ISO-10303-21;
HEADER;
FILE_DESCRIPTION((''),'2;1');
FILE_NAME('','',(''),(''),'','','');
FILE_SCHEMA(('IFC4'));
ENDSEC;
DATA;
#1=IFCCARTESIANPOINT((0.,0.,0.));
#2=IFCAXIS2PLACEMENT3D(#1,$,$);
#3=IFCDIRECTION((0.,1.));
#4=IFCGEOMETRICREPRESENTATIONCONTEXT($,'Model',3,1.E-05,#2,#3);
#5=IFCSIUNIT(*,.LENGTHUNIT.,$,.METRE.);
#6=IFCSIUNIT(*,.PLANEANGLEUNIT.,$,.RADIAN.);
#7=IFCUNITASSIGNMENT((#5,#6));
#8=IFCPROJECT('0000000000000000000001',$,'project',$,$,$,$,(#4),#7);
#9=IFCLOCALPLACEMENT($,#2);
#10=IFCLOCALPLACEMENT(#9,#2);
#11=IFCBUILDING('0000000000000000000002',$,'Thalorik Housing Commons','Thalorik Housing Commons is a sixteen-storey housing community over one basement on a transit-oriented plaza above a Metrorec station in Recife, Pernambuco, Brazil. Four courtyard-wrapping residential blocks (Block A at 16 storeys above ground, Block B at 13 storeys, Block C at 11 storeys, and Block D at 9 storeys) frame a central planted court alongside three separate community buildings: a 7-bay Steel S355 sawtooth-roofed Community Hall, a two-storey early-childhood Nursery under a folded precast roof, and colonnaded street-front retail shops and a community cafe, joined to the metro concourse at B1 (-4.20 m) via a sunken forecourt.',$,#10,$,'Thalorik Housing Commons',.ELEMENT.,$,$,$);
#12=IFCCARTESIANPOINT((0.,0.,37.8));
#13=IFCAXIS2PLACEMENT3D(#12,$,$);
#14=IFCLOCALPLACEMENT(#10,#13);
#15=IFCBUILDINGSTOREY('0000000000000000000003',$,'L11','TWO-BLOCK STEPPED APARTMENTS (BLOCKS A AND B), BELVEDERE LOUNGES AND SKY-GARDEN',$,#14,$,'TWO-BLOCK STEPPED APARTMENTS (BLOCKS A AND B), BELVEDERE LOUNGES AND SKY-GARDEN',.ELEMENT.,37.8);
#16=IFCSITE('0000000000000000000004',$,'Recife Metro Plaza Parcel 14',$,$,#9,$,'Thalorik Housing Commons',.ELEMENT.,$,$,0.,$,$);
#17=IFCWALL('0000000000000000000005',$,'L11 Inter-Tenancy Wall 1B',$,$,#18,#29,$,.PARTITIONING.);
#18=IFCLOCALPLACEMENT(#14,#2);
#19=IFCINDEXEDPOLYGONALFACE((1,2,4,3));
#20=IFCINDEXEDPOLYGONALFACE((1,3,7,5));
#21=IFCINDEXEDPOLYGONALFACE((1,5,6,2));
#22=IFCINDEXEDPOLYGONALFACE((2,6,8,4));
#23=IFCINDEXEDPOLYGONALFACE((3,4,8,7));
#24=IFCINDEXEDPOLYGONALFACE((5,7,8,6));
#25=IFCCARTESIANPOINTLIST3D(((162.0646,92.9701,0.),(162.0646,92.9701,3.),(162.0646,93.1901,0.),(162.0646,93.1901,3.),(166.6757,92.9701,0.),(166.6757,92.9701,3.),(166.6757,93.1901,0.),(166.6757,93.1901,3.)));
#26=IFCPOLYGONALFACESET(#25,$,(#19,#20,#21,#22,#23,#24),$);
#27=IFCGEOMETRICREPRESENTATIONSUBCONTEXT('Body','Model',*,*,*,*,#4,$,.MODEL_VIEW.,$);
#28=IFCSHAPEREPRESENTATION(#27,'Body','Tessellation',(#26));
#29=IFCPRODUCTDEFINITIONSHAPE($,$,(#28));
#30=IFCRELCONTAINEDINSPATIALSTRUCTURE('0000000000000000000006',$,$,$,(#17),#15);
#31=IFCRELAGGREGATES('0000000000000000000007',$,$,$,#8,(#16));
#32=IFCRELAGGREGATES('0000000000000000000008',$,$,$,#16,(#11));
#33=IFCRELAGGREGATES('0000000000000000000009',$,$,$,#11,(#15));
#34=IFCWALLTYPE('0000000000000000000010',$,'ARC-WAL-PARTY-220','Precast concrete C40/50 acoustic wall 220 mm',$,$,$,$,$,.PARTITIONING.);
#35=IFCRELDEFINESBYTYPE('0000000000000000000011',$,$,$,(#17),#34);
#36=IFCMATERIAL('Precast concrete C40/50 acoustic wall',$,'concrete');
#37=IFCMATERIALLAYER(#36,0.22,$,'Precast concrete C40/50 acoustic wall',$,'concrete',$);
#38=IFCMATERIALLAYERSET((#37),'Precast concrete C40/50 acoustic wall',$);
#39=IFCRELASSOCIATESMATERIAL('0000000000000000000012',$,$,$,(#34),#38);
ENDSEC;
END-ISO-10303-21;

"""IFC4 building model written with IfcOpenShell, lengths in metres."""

from ifc_helpers import new_model, si_unit, direction, frame, frame_2d, origin, place, context, subcontext, project, spatial, rectangle, extrude, material, layer, layer_set, type_object, element, save


model = new_model("IFC4")

# Units and contexts
model_context = context("Model", 3, precision=1e-05, world=origin(), true_north=direction((0.0, 1.0)))
body_context = subcontext(model_context, "Body", "Model", "MODEL_VIEW")
ifc_project = project(units=[si_unit("LENGTHUNIT", "METRE"), si_unit("PLANEANGLEUNIT", "RADIAN")], contexts=[model_context])

# Site, building, storey
site_placement = place(None, origin())
site = spatial("IfcSite", under=ifc_project, at=site_placement, Name="Recife Metro Plaza Parcel 14", LongName="Thalorik Housing Commons", CompositionType="ELEMENT", RefElevation=0.0)
building_placement = place(site_placement, origin())
building = spatial("IfcBuilding", under=site, at=building_placement, Name="Thalorik Housing Commons", Description="Thalorik Housing Commons is a sixteen-storey housing community over one basement on a transit-oriented plaza above a Metrorec station in Recife, Pernambuco, Brazil. Four courtyard-wrapping residential blocks (Block A at 16 storeys above ground, Block B at 13 storeys, Block C at 11 storeys, and Block D at 9 storeys) frame a central planted court alongside three separate community buildings: a 7-bay Steel S355 sawtooth-roofed Community Hall, a two-storey early-childhood Nursery under a folded precast roof, and colonnaded street-front retail shops and a community cafe, joined to the metro concourse at B1 (-4.20 m) via a sunken forecourt.", LongName="Thalorik Housing Commons", CompositionType="ELEMENT")
storey_placement = place(building_placement, frame((0.0, 0.0, 37.8)))
storey = spatial("IfcBuildingStorey", under=building, at=storey_placement, Name="L11", Description="TWO-BLOCK STEPPED APARTMENTS (BLOCKS A AND B), BELVEDERE LOUNGES AND SKY-GARDEN", LongName="TWO-BLOCK STEPPED APARTMENTS (BLOCKS A AND B), BELVEDERE LOUNGES AND SKY-GARDEN", CompositionType="ELEMENT", Elevation=37.8)

# Wall
ifc_material_1 = material(Name="Precast concrete C40/50 acoustic wall", Category="concrete")
ifc_layer_1 = layer(ifc_material_1, 0.22, Name="Precast concrete C40/50 acoustic wall", Category="concrete")
ifc_layer_set_1 = layer_set([ifc_layer_1], Name="Precast concrete C40/50 acoustic wall")
wall_type_1 = type_object("IfcWallType", Name="ARC-WAL-PARTY-220", Description="Precast concrete C40/50 acoustic wall 220 mm", PredefinedType="PARTITIONING", material=ifc_layer_set_1)
wall_1_placement = place(storey_placement, frame((162.0645, 93.0801, 0.0), z_axis=(0.0, 0.0, 1.0), x_axis=(1.0, 0.0, 0.0)))
element("IfcWall", 1, at=wall_1_placement, inside=storey, type_object=wall_type_1, Name="L11 Inter-Tenancy Wall 1B", PredefinedType="PARTITIONING", context=body_context, shape_type="SweptSolid", body=[
    extrude(rectangle(XDim=4.6111, YDim=0.22, at=frame_2d((2.3057, 0.0))), origin(), (0.0, 0.0, 1.0), 3.0),
])

save(model, "model.ifc")
